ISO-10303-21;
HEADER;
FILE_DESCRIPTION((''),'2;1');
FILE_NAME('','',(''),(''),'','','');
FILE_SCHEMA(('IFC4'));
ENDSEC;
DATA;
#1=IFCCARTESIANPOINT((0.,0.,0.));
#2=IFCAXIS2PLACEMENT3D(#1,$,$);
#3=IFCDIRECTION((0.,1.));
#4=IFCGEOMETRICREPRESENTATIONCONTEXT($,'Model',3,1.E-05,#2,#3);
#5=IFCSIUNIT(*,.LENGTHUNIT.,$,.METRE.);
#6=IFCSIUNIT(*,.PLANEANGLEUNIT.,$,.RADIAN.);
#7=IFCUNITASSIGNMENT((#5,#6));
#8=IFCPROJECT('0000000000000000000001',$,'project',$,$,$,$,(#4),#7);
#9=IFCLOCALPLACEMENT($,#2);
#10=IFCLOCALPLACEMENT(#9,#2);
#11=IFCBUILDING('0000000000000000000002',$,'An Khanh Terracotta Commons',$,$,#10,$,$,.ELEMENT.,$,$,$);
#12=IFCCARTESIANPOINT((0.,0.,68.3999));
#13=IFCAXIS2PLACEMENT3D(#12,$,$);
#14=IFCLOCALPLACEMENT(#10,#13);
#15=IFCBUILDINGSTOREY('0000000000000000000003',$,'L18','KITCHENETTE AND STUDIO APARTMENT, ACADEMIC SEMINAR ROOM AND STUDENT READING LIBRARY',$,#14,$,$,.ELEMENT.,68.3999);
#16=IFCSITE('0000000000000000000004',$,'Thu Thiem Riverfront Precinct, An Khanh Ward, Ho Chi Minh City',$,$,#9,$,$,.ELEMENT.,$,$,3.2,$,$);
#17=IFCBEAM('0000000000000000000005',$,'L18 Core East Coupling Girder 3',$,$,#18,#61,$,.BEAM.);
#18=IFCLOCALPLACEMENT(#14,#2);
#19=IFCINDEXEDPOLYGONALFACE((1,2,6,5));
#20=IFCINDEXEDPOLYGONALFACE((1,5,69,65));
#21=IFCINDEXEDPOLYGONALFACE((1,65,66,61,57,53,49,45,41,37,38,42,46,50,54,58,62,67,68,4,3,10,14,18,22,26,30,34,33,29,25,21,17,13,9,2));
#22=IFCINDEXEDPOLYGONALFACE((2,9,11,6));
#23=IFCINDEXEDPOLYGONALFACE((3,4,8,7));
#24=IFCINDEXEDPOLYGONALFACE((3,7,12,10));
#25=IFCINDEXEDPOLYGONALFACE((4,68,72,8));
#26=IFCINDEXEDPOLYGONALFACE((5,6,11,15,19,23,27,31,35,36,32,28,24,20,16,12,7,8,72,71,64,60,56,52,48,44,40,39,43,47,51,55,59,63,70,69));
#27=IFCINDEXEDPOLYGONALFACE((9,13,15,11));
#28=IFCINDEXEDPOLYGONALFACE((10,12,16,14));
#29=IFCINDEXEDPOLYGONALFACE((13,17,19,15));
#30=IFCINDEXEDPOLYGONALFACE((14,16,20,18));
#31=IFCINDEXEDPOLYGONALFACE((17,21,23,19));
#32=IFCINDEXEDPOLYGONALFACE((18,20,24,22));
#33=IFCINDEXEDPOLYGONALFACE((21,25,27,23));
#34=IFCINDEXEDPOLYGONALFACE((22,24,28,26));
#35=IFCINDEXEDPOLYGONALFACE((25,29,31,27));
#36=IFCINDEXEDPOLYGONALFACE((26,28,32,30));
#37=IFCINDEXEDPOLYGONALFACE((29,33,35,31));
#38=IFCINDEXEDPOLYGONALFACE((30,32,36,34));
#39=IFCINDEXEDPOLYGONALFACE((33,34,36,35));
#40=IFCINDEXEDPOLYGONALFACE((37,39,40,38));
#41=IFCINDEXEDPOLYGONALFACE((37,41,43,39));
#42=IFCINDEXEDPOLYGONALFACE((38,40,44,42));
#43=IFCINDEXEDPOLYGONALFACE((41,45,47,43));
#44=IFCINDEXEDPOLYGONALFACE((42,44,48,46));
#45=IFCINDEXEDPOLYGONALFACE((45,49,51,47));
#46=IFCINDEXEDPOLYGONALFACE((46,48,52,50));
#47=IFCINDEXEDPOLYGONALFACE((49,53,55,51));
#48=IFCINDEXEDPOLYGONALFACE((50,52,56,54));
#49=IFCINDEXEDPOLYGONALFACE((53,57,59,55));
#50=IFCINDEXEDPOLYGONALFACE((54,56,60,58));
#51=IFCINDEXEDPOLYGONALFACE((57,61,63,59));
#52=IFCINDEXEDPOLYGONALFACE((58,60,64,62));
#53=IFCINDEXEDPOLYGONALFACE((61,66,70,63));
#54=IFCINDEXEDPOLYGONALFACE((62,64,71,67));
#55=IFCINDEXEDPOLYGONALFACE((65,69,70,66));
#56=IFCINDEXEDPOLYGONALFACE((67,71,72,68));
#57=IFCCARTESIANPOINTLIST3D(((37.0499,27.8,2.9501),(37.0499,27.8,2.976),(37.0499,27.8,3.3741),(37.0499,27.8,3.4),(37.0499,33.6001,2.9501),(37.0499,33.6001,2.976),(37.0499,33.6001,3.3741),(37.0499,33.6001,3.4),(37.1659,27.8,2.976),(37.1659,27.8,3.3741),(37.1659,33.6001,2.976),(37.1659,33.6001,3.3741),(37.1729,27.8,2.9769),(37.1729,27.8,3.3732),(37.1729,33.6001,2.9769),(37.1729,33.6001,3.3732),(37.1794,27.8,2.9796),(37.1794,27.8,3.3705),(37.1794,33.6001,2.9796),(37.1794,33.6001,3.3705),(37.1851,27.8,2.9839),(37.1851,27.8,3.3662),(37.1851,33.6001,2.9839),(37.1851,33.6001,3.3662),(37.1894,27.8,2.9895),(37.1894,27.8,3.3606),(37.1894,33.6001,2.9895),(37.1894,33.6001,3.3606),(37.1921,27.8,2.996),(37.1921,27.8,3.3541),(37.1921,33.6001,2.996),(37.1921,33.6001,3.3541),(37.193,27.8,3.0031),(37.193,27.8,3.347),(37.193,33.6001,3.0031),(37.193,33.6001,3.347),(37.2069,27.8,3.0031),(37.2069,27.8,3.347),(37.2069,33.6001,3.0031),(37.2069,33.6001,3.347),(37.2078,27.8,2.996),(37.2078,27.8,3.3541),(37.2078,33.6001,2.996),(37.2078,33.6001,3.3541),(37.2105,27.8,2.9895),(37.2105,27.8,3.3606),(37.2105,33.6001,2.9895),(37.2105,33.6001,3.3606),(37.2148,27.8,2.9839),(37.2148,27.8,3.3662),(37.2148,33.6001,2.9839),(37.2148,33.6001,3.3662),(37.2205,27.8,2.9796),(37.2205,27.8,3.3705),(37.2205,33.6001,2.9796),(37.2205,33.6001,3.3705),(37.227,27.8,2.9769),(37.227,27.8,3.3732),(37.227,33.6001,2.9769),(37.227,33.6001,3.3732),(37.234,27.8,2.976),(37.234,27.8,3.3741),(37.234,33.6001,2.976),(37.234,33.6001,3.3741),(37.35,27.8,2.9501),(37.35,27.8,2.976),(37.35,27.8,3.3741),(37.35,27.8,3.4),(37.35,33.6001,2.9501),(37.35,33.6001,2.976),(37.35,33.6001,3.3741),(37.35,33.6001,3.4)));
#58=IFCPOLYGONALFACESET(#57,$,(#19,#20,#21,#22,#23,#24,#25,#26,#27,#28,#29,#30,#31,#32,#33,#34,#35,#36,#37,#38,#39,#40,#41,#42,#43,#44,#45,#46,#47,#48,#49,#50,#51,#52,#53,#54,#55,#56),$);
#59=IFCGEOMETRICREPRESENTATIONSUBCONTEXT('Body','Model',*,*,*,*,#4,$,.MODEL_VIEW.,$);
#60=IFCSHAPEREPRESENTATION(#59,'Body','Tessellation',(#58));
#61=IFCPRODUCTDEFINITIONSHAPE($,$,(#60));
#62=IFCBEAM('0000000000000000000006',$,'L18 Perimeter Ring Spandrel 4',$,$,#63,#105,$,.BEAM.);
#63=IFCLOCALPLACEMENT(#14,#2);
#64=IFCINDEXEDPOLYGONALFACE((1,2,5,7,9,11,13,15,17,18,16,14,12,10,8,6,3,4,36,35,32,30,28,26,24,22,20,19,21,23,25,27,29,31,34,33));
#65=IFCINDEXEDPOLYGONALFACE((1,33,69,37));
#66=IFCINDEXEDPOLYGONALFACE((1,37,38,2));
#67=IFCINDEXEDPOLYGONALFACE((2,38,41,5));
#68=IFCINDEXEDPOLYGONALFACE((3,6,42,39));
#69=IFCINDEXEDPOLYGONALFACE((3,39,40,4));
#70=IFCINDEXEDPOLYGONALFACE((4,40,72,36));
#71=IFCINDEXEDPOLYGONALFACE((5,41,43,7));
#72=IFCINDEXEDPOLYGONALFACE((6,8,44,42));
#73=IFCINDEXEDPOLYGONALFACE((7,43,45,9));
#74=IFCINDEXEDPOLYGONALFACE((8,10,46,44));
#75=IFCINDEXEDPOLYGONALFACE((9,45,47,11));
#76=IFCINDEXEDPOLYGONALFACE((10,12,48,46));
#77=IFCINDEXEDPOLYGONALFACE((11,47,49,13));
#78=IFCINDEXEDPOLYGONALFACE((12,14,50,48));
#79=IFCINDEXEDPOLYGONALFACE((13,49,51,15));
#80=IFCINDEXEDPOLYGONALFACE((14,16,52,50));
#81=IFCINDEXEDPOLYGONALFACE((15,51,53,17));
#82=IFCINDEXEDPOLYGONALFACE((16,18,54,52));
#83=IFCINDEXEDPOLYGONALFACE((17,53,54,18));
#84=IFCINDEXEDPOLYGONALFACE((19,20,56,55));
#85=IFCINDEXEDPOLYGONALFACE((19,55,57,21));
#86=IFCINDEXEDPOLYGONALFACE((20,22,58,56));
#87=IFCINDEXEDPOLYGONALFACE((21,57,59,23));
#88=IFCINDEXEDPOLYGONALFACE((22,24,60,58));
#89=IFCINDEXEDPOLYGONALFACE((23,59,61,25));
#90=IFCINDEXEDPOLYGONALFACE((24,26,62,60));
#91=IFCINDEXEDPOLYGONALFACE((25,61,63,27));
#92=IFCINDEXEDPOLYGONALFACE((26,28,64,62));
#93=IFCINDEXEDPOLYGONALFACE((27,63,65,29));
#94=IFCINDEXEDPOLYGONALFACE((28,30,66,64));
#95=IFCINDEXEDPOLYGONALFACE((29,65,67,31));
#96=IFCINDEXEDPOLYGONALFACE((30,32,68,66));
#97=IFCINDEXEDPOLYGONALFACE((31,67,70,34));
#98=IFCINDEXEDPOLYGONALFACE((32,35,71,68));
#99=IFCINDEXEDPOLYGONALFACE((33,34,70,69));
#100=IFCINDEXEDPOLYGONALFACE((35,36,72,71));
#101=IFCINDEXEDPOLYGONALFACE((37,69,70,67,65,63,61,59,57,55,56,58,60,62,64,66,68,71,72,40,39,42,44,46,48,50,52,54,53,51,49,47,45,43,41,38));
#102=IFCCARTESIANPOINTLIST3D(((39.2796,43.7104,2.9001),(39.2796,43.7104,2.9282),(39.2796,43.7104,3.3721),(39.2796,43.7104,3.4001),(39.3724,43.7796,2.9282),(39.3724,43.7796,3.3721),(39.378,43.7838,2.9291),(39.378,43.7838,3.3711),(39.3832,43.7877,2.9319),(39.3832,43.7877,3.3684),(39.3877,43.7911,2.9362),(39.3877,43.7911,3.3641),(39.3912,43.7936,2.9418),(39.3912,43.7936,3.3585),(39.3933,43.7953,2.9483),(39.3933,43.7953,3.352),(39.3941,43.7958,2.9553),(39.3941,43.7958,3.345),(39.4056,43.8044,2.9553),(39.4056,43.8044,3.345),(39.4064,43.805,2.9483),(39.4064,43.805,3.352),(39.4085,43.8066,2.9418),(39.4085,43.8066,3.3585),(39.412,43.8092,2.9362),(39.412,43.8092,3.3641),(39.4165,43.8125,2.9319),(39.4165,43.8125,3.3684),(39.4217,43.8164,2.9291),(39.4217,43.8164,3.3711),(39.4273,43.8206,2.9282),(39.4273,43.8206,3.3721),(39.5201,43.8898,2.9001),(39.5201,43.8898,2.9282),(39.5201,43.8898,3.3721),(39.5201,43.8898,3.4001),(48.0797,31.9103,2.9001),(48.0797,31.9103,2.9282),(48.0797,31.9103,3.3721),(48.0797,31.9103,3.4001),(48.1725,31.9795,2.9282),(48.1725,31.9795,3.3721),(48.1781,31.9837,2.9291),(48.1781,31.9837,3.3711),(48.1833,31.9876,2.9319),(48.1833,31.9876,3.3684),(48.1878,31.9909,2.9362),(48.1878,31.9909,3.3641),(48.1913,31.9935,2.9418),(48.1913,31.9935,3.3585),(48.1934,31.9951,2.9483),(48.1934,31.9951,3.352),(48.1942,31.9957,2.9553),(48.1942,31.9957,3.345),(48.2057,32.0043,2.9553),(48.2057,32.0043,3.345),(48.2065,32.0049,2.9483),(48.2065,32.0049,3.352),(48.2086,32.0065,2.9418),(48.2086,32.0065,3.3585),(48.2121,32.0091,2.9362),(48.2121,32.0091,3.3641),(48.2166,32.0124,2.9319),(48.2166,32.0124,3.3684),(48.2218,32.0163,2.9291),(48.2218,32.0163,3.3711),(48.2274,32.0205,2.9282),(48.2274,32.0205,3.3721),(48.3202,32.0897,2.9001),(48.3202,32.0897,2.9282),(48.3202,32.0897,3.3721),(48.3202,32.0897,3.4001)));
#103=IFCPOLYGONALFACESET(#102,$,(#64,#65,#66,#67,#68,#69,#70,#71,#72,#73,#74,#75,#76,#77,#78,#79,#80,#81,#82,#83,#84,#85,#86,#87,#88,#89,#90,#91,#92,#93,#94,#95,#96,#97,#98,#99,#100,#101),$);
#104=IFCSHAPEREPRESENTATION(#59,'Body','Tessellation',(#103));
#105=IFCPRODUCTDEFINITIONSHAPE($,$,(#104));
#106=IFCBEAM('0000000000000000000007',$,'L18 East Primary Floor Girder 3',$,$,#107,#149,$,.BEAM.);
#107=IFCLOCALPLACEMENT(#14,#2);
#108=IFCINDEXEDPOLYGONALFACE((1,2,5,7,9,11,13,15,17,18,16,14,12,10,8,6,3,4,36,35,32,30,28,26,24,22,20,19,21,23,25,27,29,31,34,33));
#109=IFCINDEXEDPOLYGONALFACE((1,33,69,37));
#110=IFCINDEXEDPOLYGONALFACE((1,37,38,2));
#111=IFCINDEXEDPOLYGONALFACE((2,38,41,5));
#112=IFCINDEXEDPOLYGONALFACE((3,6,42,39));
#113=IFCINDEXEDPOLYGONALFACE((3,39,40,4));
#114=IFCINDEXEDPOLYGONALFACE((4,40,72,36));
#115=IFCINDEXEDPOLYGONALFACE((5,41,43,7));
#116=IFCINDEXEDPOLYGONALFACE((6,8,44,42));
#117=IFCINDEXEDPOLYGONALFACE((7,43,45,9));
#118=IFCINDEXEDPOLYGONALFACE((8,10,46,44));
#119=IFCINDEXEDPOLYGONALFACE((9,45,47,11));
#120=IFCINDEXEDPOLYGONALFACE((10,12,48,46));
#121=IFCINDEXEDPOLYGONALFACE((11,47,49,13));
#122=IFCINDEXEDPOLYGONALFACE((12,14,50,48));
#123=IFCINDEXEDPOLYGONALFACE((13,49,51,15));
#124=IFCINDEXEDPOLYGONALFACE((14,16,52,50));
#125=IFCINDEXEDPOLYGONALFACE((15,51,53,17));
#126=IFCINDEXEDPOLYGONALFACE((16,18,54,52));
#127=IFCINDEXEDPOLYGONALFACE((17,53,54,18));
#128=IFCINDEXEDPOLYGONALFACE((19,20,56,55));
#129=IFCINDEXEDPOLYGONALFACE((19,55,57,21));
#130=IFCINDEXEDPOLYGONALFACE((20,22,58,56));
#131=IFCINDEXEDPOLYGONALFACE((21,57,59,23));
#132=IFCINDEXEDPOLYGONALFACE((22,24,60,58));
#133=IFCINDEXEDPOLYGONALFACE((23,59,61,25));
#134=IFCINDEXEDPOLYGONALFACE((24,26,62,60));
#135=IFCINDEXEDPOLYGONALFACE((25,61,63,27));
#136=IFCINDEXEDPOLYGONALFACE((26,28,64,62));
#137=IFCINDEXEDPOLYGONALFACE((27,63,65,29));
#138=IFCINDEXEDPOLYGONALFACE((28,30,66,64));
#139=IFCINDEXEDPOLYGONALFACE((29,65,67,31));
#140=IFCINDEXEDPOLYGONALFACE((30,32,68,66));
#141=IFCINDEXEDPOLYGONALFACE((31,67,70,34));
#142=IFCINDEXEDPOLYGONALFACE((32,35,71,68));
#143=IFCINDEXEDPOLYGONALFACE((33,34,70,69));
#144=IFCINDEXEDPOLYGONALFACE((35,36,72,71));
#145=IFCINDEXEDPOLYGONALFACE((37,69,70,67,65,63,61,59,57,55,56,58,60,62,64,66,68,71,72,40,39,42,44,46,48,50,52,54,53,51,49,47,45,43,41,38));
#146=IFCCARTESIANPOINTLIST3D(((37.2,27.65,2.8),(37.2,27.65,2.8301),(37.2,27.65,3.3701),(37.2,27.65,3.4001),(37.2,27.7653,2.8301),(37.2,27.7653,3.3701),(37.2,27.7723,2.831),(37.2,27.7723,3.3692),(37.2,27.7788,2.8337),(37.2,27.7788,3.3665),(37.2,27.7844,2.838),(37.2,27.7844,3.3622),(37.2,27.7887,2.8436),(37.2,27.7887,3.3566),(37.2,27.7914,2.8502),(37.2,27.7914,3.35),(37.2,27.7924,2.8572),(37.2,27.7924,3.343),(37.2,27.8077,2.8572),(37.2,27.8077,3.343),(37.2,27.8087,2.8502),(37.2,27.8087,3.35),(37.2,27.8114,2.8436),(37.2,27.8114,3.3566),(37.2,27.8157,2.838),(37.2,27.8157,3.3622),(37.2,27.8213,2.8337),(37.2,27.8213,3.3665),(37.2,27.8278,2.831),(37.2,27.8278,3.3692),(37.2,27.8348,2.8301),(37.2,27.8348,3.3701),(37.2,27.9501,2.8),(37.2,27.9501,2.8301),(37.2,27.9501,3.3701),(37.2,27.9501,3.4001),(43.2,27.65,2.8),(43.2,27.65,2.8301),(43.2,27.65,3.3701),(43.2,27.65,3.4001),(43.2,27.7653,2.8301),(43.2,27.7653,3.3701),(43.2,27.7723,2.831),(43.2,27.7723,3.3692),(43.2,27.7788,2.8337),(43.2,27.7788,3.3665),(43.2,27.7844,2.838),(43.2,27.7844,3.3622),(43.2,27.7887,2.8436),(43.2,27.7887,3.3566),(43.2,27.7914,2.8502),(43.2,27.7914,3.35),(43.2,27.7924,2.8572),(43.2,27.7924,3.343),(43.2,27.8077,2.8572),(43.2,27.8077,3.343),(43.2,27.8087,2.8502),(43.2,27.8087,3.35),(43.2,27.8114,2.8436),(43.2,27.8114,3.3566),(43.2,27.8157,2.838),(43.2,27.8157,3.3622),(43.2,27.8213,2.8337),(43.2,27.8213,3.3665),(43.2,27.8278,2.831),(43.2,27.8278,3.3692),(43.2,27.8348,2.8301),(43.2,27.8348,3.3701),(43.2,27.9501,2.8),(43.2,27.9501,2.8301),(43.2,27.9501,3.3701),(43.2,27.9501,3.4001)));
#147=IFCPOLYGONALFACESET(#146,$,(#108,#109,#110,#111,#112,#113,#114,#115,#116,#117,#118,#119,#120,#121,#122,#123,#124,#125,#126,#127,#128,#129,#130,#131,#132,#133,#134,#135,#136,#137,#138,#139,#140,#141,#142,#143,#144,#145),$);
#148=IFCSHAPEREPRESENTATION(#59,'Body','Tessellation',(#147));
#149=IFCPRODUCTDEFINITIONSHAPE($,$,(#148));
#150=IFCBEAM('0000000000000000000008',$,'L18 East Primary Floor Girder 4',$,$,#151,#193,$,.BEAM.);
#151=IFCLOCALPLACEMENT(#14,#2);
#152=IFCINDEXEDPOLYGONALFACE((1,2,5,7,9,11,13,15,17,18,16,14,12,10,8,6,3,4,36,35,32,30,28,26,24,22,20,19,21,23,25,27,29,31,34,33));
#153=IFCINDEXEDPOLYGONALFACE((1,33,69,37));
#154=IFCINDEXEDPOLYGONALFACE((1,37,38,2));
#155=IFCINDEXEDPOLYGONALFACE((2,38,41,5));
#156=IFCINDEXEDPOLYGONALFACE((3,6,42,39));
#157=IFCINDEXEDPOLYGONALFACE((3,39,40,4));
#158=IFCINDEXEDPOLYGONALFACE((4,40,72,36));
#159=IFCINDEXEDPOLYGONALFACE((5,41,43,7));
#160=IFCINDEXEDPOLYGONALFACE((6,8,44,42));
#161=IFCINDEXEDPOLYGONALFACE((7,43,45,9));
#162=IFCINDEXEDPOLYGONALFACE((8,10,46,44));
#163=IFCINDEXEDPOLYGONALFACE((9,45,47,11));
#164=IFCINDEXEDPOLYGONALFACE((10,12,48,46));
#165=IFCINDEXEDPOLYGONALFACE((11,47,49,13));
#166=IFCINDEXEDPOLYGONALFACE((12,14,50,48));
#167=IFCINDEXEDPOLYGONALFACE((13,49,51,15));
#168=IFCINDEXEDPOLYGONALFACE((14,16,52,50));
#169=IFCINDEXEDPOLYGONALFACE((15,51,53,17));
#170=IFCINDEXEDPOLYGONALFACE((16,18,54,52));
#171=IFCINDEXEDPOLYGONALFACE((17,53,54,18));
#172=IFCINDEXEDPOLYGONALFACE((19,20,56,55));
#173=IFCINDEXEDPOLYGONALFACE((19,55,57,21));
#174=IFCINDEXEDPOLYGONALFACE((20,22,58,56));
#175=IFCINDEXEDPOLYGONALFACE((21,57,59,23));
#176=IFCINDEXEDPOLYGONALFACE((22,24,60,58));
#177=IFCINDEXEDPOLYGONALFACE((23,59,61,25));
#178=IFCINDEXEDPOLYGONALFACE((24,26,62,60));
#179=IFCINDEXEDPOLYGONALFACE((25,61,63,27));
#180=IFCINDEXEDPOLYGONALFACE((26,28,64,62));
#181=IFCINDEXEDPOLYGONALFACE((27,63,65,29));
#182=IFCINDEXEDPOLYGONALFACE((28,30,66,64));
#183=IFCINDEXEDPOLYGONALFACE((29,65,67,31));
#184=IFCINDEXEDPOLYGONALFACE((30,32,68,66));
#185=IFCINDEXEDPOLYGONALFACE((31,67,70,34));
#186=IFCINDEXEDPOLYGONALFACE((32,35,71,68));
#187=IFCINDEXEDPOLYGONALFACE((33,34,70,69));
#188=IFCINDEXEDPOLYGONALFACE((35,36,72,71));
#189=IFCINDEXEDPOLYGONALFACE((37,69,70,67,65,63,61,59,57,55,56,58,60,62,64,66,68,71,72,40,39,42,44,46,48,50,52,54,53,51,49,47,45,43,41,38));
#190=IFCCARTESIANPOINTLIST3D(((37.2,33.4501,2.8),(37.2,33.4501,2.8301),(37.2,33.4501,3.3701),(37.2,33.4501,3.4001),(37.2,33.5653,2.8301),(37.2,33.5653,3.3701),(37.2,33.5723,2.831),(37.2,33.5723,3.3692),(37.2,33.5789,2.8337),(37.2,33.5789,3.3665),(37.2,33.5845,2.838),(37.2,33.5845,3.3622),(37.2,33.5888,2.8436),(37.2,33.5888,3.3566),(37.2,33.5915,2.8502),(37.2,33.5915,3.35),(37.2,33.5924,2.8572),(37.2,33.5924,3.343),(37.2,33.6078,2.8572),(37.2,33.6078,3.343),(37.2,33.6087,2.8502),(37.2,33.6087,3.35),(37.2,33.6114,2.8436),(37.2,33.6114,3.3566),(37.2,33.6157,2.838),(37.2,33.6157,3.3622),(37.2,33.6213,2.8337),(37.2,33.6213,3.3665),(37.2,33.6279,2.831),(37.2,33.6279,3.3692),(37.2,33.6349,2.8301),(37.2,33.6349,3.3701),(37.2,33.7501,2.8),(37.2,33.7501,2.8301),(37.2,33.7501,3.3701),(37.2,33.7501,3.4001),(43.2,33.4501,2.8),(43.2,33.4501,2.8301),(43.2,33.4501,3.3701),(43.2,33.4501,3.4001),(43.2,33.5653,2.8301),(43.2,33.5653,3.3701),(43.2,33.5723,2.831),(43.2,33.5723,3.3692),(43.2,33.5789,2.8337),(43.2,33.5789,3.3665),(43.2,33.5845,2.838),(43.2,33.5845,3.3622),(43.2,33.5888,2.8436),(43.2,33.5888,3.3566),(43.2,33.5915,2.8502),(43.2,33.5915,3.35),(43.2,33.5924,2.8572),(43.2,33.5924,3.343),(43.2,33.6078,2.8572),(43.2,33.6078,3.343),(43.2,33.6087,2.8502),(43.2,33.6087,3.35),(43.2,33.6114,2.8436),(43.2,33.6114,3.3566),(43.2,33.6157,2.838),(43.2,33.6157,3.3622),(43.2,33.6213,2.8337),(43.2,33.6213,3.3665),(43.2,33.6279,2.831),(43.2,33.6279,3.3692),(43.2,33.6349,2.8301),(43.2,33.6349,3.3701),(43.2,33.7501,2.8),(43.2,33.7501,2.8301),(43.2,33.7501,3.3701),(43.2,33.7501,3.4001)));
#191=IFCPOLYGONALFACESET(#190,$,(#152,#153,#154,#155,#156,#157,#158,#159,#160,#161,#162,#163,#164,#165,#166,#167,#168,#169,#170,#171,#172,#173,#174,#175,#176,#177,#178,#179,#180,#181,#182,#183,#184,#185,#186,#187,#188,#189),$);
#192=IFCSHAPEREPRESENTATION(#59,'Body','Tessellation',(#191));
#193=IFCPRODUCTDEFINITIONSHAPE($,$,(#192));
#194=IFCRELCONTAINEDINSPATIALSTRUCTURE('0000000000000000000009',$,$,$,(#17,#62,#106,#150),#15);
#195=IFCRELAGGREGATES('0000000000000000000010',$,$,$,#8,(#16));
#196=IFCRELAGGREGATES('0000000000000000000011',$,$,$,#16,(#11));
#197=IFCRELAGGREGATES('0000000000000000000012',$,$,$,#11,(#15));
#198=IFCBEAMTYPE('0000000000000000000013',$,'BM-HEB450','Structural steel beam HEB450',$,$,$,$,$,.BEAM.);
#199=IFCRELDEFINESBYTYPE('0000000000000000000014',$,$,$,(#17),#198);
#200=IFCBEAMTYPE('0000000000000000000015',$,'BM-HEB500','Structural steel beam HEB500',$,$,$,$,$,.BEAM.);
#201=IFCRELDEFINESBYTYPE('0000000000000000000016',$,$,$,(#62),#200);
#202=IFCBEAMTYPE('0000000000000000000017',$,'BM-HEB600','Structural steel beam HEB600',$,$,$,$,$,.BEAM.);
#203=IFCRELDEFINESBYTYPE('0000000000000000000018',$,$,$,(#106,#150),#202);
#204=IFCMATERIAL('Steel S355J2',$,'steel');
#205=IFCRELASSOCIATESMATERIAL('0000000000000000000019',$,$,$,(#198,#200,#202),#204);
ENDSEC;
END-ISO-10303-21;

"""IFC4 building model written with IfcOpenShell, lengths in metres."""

from ifc_helpers import new_model, si_unit, direction, frame, origin, origin_2d, place, context, subcontext, project, spatial, i_section, extrude, material, material_profile, profile_set, type_object, element, save


model = new_model("IFC4")

# Units and contexts
model_context = context("Model", 3, precision=1e-05, world=origin(), true_north=direction((0.0, 1.0)))
body_context = subcontext(model_context, "Body", "Model", "MODEL_VIEW")
ifc_project = project(units=[si_unit("LENGTHUNIT", "METRE"), si_unit("PLANEANGLEUNIT", "RADIAN")], contexts=[model_context])

# Site, building, storey
site_placement = place(None, origin())
site = spatial("IfcSite", under=ifc_project, at=site_placement, Name="Thu Thiem Riverfront Precinct, An Khanh Ward, Ho Chi Minh City", CompositionType="ELEMENT", RefElevation=3.2)
building_placement = place(site_placement, origin())
building = spatial("IfcBuilding", under=site, at=building_placement, Name="An Khanh Terracotta Commons", CompositionType="ELEMENT")
storey_placement = place(building_placement, frame((0.0, 0.0, 68.3999)))
storey = spatial("IfcBuildingStorey", under=building, at=storey_placement, Name="L18", Description="KITCHENETTE AND STUDIO APARTMENT, ACADEMIC SEMINAR ROOM AND STUDENT READING LIBRARY", CompositionType="ELEMENT", Elevation=68.3999)

# Beams
ifc_material_1 = material(Name="Steel S355J2", Category="steel")
ifc_material_profile_1 = material_profile(ifc_material_1, i_section(OverallWidth=0.3, OverallDepth=0.45, WebThickness=0.0139, FlangeThickness=0.0259, FilletRadius=0.0271, at=origin_2d()), Name="HEB450")
ifc_profile_set_1 = profile_set([ifc_material_profile_1], Name="Steel S355J2")
beam_type_1 = type_object("IfcBeamType", Name="BM-HEB450", Description="Structural steel beam HEB450", PredefinedType="BEAM", material=ifc_profile_set_1)
beam_1_placement = place(storey_placement, frame((37.2, 27.8, 3.175), z_axis=(0.0, 1.0, 0.0), x_axis=(-1.0, 0.0, 0.0)))
element("IfcBeam", 1, at=beam_1_placement, inside=storey, type_object=beam_type_1, Name="L18 Core East Coupling Girder 3", PredefinedType="BEAM", context=body_context, shape_type="SweptSolid", body=[
    extrude(i_section(OverallWidth=0.3, OverallDepth=0.45, WebThickness=0.0139, FlangeThickness=0.0259, FilletRadius=0.0271, at=origin_2d()), origin(), (0.0, 0.0, 1.0), 5.8),
])
ifc_material_profile_2 = material_profile(ifc_material_1, i_section(OverallWidth=0.3, OverallDepth=0.5, WebThickness=0.0144, FlangeThickness=0.0281, FilletRadius=0.0271, at=origin_2d()), Name="HEB500")
ifc_profile_set_2 = profile_set([ifc_material_profile_2], Name="Steel S355J2")
beam_type_2 = type_object("IfcBeamType", Name="BM-HEB500", Description="Structural steel beam HEB500", PredefinedType="BEAM", material=ifc_profile_set_2)
beam_2_placement = place(storey_placement, frame((48.2, 32.0, 3.1501), z_axis=(-0.597824, 0.801627, 0.0), x_axis=(-0.801627, -0.597824, 0.0)))
element("IfcBeam", 2, at=beam_2_placement, inside=storey, type_object=beam_type_2, Name="L18 Perimeter Ring Spandrel 4", PredefinedType="BEAM", context=body_context, shape_type="SweptSolid", body=[
    extrude(i_section(OverallWidth=0.3, OverallDepth=0.5, WebThickness=0.0144, FlangeThickness=0.0281, FilletRadius=0.0271, at=origin_2d()), origin(), (0.0, 0.0, 1.0), 14.7202),
])
ifc_material_profile_3 = material_profile(ifc_material_1, i_section(OverallWidth=0.3, OverallDepth=0.6001, WebThickness=0.0154, FlangeThickness=0.03, FilletRadius=0.0271, at=origin_2d()), Name="HEB600")
ifc_profile_set_3 = profile_set([ifc_material_profile_3], Name="Steel S355J2")
beam_type_3 = type_object("IfcBeamType", Name="BM-HEB600", Description="Structural steel beam HEB600", PredefinedType="BEAM", material=ifc_profile_set_3)
for number, where, z_axis, x_axis, name in (
    (3, (37.2, 27.8, 3.1001), (1.0, 0.0, 0.0), (0.0, 1.0, 0.0), "L18 East Primary Floor Girder 3"),
    (4, (37.2, 33.6001, 3.1001), (1.0, 0.0, 0.0), (0.0, 1.0, 0.0), "L18 East Primary Floor Girder 4"),
):
    element("IfcBeam", number, at=place(storey_placement, frame(where, z_axis=z_axis, x_axis=x_axis)), inside=storey, type_object=beam_type_3, Name=name, PredefinedType="BEAM", context=body_context, shape_type="SweptSolid", body=[
        extrude(i_section(OverallWidth=0.3, OverallDepth=0.6001, WebThickness=0.0154, FlangeThickness=0.03, FilletRadius=0.0271, at=origin_2d()), origin(), (0.0, 0.0, 1.0), 6.0),
    ])

save(model, "model.ifc")
